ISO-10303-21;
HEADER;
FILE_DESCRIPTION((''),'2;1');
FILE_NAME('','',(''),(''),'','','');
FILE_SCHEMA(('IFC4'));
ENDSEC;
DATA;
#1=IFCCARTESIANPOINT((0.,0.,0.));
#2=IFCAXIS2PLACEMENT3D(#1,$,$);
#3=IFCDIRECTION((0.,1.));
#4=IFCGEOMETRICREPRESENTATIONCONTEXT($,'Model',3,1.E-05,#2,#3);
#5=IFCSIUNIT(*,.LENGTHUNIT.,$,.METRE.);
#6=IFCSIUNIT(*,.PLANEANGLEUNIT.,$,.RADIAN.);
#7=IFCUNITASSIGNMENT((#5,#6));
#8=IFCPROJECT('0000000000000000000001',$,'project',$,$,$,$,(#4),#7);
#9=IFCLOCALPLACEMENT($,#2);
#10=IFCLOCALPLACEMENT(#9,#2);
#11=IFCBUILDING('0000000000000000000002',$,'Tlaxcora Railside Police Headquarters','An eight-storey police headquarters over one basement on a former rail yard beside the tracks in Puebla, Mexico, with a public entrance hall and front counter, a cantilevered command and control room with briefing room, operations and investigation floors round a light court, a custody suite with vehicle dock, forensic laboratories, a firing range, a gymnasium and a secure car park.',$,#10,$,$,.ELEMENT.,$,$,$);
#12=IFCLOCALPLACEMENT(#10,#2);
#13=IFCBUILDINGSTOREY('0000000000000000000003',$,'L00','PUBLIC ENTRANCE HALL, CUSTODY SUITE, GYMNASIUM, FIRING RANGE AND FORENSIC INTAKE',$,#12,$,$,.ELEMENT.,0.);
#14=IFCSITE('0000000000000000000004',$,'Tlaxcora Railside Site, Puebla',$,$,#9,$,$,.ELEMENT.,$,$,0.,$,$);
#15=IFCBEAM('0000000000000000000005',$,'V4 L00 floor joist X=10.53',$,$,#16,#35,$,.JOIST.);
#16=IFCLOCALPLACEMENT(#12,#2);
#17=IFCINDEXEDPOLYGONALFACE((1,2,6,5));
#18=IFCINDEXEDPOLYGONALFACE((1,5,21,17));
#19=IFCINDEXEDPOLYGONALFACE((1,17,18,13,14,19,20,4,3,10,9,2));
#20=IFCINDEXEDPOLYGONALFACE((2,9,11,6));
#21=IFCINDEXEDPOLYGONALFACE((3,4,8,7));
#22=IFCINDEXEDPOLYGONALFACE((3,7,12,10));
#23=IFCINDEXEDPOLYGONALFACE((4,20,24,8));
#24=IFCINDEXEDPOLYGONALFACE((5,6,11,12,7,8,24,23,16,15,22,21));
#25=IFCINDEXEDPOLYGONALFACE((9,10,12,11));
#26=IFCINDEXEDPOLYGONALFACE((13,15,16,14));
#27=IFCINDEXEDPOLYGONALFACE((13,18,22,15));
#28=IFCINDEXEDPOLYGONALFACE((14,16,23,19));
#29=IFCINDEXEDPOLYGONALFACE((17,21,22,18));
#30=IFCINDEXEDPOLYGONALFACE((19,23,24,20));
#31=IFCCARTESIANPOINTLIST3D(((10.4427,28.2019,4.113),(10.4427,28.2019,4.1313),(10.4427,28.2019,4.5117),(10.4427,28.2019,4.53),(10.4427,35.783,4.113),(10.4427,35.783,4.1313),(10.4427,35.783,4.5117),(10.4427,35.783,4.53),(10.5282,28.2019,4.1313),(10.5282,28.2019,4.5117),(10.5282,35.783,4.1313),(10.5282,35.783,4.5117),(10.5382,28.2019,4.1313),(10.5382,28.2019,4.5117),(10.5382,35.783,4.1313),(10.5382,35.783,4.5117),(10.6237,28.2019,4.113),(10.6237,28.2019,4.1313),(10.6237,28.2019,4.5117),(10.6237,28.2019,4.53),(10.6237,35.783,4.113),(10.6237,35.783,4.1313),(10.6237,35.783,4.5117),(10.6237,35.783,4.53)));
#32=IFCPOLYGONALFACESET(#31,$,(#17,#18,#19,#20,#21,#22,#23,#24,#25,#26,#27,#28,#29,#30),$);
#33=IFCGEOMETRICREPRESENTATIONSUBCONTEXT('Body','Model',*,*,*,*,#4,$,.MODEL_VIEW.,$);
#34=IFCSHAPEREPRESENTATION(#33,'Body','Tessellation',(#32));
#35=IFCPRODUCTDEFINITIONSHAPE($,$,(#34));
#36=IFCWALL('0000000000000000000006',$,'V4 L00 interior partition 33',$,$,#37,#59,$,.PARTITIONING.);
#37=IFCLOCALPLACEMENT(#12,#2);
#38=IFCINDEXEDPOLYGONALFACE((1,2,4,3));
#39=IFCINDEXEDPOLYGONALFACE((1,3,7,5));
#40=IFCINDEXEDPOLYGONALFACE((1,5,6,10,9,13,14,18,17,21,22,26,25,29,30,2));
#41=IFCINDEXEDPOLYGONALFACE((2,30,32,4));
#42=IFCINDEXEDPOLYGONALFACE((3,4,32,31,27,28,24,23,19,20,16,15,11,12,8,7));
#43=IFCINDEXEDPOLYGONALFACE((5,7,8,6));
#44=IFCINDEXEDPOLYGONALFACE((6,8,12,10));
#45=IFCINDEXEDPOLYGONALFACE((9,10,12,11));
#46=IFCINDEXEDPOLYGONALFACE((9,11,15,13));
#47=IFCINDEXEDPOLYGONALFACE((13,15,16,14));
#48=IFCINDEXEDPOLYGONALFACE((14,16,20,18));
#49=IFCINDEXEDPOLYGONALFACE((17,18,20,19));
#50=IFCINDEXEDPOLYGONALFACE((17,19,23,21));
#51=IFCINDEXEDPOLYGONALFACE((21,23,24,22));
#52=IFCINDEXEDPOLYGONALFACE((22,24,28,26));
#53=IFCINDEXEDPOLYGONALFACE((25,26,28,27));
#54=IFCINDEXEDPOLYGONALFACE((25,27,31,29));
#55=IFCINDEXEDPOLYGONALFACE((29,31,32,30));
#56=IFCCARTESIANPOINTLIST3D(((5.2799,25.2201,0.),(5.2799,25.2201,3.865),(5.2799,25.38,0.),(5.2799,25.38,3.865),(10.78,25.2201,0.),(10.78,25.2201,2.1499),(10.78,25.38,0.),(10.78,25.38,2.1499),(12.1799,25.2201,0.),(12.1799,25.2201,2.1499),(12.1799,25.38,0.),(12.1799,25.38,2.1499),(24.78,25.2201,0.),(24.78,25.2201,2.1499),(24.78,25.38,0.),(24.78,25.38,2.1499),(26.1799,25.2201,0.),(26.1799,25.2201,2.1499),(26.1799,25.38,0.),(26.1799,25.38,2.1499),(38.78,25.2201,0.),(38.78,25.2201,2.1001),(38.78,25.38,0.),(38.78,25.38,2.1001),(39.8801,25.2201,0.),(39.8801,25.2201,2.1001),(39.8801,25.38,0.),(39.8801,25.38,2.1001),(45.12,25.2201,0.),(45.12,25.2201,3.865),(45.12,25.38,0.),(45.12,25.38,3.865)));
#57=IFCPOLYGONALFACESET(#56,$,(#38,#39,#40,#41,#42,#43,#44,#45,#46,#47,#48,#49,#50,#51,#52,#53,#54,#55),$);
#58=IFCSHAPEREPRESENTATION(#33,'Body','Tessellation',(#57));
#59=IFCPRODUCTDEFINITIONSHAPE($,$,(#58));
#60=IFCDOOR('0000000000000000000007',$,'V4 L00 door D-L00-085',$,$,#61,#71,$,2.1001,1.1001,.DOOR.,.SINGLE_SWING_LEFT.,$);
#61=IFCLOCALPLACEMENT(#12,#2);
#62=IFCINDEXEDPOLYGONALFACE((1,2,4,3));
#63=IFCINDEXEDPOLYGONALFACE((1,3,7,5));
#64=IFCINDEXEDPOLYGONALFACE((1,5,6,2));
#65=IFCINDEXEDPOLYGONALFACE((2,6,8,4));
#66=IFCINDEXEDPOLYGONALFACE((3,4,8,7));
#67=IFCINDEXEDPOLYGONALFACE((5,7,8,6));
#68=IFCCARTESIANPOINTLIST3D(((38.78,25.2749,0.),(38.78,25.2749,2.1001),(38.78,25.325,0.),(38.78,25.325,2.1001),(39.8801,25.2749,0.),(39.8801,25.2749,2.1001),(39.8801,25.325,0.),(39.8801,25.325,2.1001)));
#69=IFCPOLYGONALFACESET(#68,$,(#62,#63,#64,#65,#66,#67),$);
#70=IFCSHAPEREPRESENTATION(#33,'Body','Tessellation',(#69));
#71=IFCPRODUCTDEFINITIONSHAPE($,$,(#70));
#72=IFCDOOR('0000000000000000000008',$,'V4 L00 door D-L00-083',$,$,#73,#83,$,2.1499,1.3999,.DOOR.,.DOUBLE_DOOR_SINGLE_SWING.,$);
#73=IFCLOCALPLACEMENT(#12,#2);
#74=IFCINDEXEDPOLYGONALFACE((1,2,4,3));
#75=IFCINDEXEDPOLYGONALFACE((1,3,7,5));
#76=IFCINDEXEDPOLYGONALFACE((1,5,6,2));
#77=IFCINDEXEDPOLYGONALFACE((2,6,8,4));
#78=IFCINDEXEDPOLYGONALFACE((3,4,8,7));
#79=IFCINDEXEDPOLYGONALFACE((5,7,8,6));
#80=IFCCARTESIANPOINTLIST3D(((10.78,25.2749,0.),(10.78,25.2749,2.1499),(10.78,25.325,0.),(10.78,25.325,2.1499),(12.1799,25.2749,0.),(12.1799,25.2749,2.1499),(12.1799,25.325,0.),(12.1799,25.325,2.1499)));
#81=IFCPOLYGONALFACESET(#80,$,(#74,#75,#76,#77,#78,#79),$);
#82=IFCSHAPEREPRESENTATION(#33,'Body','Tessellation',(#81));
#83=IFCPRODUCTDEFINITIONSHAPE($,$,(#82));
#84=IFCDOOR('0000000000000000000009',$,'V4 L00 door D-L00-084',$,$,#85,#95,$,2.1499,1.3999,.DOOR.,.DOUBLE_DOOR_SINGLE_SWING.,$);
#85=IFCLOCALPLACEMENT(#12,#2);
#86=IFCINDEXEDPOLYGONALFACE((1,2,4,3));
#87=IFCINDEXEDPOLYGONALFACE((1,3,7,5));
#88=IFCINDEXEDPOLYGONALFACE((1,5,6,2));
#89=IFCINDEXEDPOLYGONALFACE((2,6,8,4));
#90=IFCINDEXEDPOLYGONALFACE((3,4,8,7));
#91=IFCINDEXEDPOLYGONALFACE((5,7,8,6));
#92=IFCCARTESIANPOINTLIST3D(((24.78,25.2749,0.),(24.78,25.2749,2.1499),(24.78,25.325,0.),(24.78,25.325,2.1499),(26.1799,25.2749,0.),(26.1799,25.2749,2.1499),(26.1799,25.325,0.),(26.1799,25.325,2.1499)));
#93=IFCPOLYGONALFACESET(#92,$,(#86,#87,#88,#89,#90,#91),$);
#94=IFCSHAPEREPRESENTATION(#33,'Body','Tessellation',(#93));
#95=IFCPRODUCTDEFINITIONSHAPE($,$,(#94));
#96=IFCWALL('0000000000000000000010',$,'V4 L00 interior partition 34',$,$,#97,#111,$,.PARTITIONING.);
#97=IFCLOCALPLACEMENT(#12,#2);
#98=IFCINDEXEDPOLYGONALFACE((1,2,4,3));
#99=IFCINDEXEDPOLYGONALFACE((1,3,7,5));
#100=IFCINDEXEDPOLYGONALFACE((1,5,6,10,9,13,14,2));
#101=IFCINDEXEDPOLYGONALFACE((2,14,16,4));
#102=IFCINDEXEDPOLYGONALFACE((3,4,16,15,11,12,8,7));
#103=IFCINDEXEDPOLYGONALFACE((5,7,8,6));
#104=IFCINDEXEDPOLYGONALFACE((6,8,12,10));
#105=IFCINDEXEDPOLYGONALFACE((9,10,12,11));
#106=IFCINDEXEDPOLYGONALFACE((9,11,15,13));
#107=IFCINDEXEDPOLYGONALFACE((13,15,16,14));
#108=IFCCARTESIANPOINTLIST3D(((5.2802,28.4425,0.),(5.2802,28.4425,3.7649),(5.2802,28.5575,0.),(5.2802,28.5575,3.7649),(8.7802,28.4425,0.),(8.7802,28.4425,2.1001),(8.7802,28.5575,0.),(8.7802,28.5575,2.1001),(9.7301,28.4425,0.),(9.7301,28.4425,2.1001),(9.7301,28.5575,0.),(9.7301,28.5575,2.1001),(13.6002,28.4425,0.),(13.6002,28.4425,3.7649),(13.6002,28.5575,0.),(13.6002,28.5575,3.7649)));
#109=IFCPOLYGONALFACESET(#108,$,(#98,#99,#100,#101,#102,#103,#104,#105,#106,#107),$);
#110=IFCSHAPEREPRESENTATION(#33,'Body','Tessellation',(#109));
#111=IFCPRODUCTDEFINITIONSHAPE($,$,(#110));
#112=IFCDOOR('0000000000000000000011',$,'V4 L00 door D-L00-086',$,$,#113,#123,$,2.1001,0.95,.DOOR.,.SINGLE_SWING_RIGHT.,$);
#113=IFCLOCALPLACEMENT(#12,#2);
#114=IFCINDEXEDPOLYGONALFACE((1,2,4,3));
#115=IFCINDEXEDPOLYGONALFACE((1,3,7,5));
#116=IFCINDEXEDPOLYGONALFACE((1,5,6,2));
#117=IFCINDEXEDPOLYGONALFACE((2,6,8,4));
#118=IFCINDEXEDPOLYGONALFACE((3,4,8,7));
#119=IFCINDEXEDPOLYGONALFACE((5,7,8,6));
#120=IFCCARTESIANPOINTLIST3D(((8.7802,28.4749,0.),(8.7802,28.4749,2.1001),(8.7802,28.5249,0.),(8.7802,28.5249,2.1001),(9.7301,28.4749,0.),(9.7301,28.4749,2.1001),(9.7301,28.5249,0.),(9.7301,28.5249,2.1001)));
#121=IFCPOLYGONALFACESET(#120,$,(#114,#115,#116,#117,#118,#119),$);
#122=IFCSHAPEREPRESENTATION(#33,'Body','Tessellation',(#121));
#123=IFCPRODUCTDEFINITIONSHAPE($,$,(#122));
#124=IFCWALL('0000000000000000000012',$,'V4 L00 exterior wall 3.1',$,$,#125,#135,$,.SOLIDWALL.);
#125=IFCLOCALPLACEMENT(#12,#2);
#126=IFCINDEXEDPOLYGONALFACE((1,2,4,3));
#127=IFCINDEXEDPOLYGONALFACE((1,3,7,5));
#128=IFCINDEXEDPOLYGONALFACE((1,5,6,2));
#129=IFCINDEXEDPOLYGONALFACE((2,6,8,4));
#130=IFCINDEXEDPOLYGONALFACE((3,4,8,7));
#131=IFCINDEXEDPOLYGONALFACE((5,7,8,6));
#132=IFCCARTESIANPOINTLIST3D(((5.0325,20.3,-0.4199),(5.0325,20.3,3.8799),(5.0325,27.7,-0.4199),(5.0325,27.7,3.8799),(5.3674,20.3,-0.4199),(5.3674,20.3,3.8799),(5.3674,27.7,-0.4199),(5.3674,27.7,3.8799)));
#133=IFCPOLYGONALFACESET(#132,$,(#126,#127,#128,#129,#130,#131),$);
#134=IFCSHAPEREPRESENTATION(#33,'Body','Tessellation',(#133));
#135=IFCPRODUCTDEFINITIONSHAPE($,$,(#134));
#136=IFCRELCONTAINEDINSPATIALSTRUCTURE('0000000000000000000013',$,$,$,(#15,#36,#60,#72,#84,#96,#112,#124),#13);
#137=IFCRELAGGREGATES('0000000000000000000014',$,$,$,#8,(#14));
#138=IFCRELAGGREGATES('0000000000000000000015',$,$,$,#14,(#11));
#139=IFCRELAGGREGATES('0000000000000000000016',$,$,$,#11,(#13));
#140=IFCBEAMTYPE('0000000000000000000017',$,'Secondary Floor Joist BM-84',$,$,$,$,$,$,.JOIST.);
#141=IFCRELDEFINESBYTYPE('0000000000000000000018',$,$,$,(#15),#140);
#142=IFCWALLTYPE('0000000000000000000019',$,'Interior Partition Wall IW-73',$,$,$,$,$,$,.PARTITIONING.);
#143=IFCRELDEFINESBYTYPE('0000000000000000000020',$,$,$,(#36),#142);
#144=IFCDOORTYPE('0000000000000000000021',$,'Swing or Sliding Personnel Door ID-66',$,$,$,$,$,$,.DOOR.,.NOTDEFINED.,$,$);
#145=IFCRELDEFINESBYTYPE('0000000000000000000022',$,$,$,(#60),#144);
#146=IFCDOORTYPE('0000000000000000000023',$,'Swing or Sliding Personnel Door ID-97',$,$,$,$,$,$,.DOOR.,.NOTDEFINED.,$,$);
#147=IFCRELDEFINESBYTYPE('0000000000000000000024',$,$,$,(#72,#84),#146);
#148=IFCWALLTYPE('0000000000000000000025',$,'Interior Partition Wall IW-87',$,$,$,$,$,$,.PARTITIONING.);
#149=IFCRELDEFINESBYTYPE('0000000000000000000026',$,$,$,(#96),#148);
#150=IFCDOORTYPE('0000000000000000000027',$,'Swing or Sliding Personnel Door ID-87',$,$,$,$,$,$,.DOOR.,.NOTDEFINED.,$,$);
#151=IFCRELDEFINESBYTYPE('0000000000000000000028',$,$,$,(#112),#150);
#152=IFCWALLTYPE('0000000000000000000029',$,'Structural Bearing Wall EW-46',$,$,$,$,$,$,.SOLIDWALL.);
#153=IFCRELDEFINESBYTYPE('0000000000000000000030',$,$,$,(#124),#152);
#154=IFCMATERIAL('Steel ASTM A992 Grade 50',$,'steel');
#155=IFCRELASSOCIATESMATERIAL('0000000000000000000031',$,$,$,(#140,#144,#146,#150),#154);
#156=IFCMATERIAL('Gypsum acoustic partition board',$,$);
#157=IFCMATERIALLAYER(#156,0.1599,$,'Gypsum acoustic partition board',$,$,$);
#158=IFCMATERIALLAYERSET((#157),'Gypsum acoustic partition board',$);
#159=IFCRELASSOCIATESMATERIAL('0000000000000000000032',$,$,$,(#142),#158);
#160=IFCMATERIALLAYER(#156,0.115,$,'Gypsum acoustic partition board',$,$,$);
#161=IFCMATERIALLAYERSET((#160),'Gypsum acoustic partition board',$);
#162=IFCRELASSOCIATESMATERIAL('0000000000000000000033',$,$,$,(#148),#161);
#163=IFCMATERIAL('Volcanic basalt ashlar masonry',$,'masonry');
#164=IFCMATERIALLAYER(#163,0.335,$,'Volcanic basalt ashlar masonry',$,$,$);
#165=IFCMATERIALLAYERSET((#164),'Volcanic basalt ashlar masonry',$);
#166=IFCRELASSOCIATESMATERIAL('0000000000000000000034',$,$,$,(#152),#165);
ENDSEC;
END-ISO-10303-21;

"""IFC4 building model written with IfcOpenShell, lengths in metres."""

from ifc_helpers import new_model, si_unit, direction, frame, frame_2d, origin, origin_2d, place, context, subcontext, project, spatial, rectangle, i_section, extrude, material, layer, layer_set, material_profile, profile_set, type_object, element, fill, save


model = new_model("IFC4")

# Units and contexts
model_context = context("Model", 3, precision=1e-05, world=origin(), true_north=direction((0.0, 1.0)))
body_context = subcontext(model_context, "Body", "Model", "MODEL_VIEW")
ifc_project = project(units=[si_unit("LENGTHUNIT", "METRE"), si_unit("PLANEANGLEUNIT", "RADIAN")], contexts=[model_context])

# Site, building, storey
site_placement = place(None, origin())
site = spatial("IfcSite", under=ifc_project, at=site_placement, Name="Tlaxcora Railside Site, Puebla", CompositionType="ELEMENT", RefElevation=0.0)
building_placement = place(site_placement, origin())
building = spatial("IfcBuilding", under=site, at=building_placement, Name="Tlaxcora Railside Police Headquarters", Description="An eight-storey police headquarters over one basement on a former rail yard beside the tracks in Puebla, Mexico, with a public entrance hall and front counter, a cantilevered command and control room with briefing room, operations and investigation floors round a light court, a custody suite with vehicle dock, forensic laboratories, a firing range, a gymnasium and a secure car park.", CompositionType="ELEMENT")
storey_placement = place(building_placement, origin())
storey = spatial("IfcBuildingStorey", under=building, at=storey_placement, Name="L00", Description="PUBLIC ENTRANCE HALL, CUSTODY SUITE, GYMNASIUM, FIRING RANGE AND FORENSIC INTAKE", CompositionType="ELEMENT", Elevation=0.0)

# Beam
ifc_material_1 = material(Name="Steel ASTM A992 Grade 50", Category="steel")
ifc_material_profile_1 = material_profile(ifc_material_1, i_section(OverallWidth=0.1809, OverallDepth=0.417, WebThickness=0.01, FlangeThickness=0.0183, at=origin_2d()), Name="W16X57")
ifc_profile_set_1 = profile_set([ifc_material_profile_1], Name="Steel ASTM A992 Grade 50")
beam_type_1 = type_object("IfcBeamType", Name="Secondary Floor Joist BM-84", PredefinedType="JOIST", material=ifc_profile_set_1)
beam_1_placement = place(storey_placement, frame((10.5332, 28.2019, 4.3215), z_axis=(0.0, 1.0, 0.0), x_axis=(-1.0, 0.0, 0.0)))
element("IfcBeam", 1, at=beam_1_placement, inside=storey, type_object=beam_type_1, Name="V4 L00 floor joist X=10.53", PredefinedType="JOIST", context=body_context, shape_type="SweptSolid", body=[
    extrude(i_section(OverallWidth=0.1809, OverallDepth=0.417, WebThickness=0.01, FlangeThickness=0.0183, at=origin_2d()), origin(), (0.0, 0.0, 1.0), 7.5811),
])

# Wall, openings, doors
ifc_material_2 = material(Name="Gypsum acoustic partition board")
ifc_layer_1 = layer(ifc_material_2, 0.1599, Name="Gypsum acoustic partition board")
ifc_layer_set_1 = layer_set([ifc_layer_1], Name="Gypsum acoustic partition board")
wall_type_1 = type_object("IfcWallType", Name="Interior Partition Wall IW-73", PredefinedType="PARTITIONING", material=ifc_layer_set_1)
wall_1_placement = place(storey_placement, frame((5.28, 25.3, 0.0), z_axis=(0.0, 0.0, 1.0), x_axis=(1.0, 0.0, 0.0)))
wall_1 = element("IfcWall", 2, at=wall_1_placement, inside=storey, type_object=wall_type_1, Name="V4 L00 interior partition 33", PredefinedType="PARTITIONING", context=body_context, shape_type="SweptSolid", body=[
    extrude(rectangle(XDim=39.8401, YDim=0.1599, at=frame_2d((19.9199, 0.0))), origin(), (0.0, 0.0, 1.0), 3.865),
])
opening_1_placement = place(wall_1_placement, frame((5.5, 0.0, 0.0)))
opening_1 = element("IfcOpeningElement", 3, at=opening_1_placement, cuts=wall_1, PredefinedType="OPENING", context=body_context, shape_type="SweptSolid", body=[
    extrude(rectangle(XDim=1.3999, YDim=2.1499, at=frame_2d((0.7, 1.075))), frame((0.0, 0.0898, 0.0), z_axis=(0.0, -1.0, 0.0), x_axis=(1.0, 0.0, 0.0)), (0.0, 0.0, 1.0), 0.1799),
])
opening_2_placement = place(wall_1_placement, frame((19.5, 0.0, 0.0)))
opening_2 = element("IfcOpeningElement", 4, at=opening_2_placement, cuts=wall_1, PredefinedType="OPENING", context=body_context, shape_type="SweptSolid", body=[
    extrude(rectangle(XDim=1.3999, YDim=2.1499, at=frame_2d((0.7, 1.075))), frame((0.0, 0.0898, 0.0), z_axis=(0.0, -1.0, 0.0), x_axis=(1.0, 0.0, 0.0)), (0.0, 0.0, 1.0), 0.1799),
])
opening_3_placement = place(wall_1_placement, frame((33.5, 0.0, 0.0)))
opening_3 = element("IfcOpeningElement", 5, at=opening_3_placement, cuts=wall_1, PredefinedType="OPENING", context=body_context, shape_type="SweptSolid", body=[
    extrude(rectangle(XDim=1.1001, YDim=2.1001, at=frame_2d((0.55, 1.05))), frame((0.0, 0.0898, 0.0), z_axis=(0.0, -1.0, 0.0), x_axis=(1.0, 0.0, 0.0)), (0.0, 0.0, 1.0), 0.1799),
])
door_type_1 = type_object("IfcDoorType", Name="Swing or Sliding Personnel Door ID-66", OperationType="NOTDEFINED", PredefinedType="DOOR", material=ifc_material_1)
door_1_placement = place(opening_3_placement, origin())
door_1 = element("IfcDoor", 6, at=door_1_placement, inside=storey, type_object=door_type_1, Name="V4 L00 door D-L00-085", OperationType="SINGLE_SWING_LEFT", OverallHeight=2.1001, OverallWidth=1.1001, PredefinedType="DOOR", context=body_context, shape_type="SweptSolid", body=[
    extrude(rectangle(XDim=1.1001, YDim=2.1001, at=frame_2d((0.55, 1.05))), frame((0.0, 0.0249, 0.0), z_axis=(0.0, -1.0, 0.0), x_axis=(1.0, 0.0, 0.0)), (0.0, 0.0, 1.0), 0.05),
])
fill(opening_3, door_1)
door_type_2 = type_object("IfcDoorType", Name="Swing or Sliding Personnel Door ID-97", OperationType="NOTDEFINED", PredefinedType="DOOR", material=ifc_material_1)
door_2_placement = place(opening_1_placement, origin())
door_2 = element("IfcDoor", 7, at=door_2_placement, inside=storey, type_object=door_type_2, Name="V4 L00 door D-L00-083", OperationType="DOUBLE_DOOR_SINGLE_SWING", OverallHeight=2.1499, OverallWidth=1.3999, PredefinedType="DOOR", context=body_context, shape_type="SweptSolid", body=[
    extrude(rectangle(XDim=1.3999, YDim=2.1499, at=frame_2d((0.7, 1.075))), frame((0.0, 0.0249, 0.0), z_axis=(0.0, -1.0, 0.0), x_axis=(1.0, 0.0, 0.0)), (0.0, 0.0, 1.0), 0.05),
])
fill(opening_1, door_2)
door_3_placement = place(opening_2_placement, origin())
door_3 = element("IfcDoor", 8, at=door_3_placement, inside=storey, type_object=door_type_2, Name="V4 L00 door D-L00-084", OperationType="DOUBLE_DOOR_SINGLE_SWING", OverallHeight=2.1499, OverallWidth=1.3999, PredefinedType="DOOR", context=body_context, shape_type="SweptSolid", body=[
    extrude(rectangle(XDim=1.3999, YDim=2.1499, at=frame_2d((0.7, 1.075))), frame((0.0, 0.0249, 0.0), z_axis=(0.0, -1.0, 0.0), x_axis=(1.0, 0.0, 0.0)), (0.0, 0.0, 1.0), 0.05),
])
fill(opening_2, door_3)

# Wall, opening, door
ifc_layer_2 = layer(ifc_material_2, 0.115, Name="Gypsum acoustic partition board")
ifc_layer_set_2 = layer_set([ifc_layer_2], Name="Gypsum acoustic partition board")
wall_type_2 = type_object("IfcWallType", Name="Interior Partition Wall IW-87", PredefinedType="PARTITIONING", material=ifc_layer_set_2)
wall_2_placement = place(storey_placement, frame((5.28, 28.5, 0.0), z_axis=(0.0, 0.0, 1.0), x_axis=(1.0, 0.0, 0.0)))
wall_2 = element("IfcWall", 9, at=wall_2_placement, inside=storey, type_object=wall_type_2, Name="V4 L00 interior partition 34", PredefinedType="PARTITIONING", context=body_context, shape_type="SweptSolid", body=[
    extrude(rectangle(XDim=8.3201, YDim=0.115, at=frame_2d((4.1602, 0.0))), origin(), (0.0, 0.0, 1.0), 3.7649),
])
opening_4_placement = place(wall_2_placement, frame((3.5, 0.0, 0.0)))
opening_4 = element("IfcOpeningElement", 10, at=opening_4_placement, cuts=wall_2, PredefinedType="OPENING", context=body_context, shape_type="SweptSolid", body=[
    extrude(rectangle(XDim=0.95, YDim=2.1001, at=frame_2d((0.4751, 1.05))), frame((0.0, 0.0674, 0.0), z_axis=(0.0, -1.0, 0.0), x_axis=(1.0, 0.0, 0.0)), (0.0, 0.0, 1.0), 0.135),
])
door_type_3 = type_object("IfcDoorType", Name="Swing or Sliding Personnel Door ID-87", OperationType="NOTDEFINED", PredefinedType="DOOR", material=ifc_material_1)
door_4_placement = place(opening_4_placement, origin())
door_4 = element("IfcDoor", 11, at=door_4_placement, inside=storey, type_object=door_type_3, Name="V4 L00 door D-L00-086", OperationType="SINGLE_SWING_RIGHT", OverallHeight=2.1001, OverallWidth=0.95, PredefinedType="DOOR", context=body_context, shape_type="SweptSolid", body=[
    extrude(rectangle(XDim=0.95, YDim=2.1001, at=frame_2d((0.4751, 1.05))), frame((0.0, 0.0249, 0.0), z_axis=(0.0, -1.0, 0.0), x_axis=(1.0, 0.0, 0.0)), (0.0, 0.0, 1.0), 0.05),
])
fill(opening_4, door_4)

# Wall
ifc_material_3 = material(Name="Volcanic basalt ashlar masonry", Category="masonry")
ifc_layer_3 = layer(ifc_material_3, 0.335, Name="Volcanic basalt ashlar masonry")
ifc_layer_set_3 = layer_set([ifc_layer_3], Name="Volcanic basalt ashlar masonry")
wall_type_3 = type_object("IfcWallType", Name="Structural Bearing Wall EW-46", PredefinedType="SOLIDWALL", material=ifc_layer_set_3)
wall_3_placement = place(storey_placement, frame((5.2, 27.7, -0.4199), z_axis=(0.0, 0.0, 1.0), x_axis=(0.0, -1.0, 0.0)))
element("IfcWall", 12, at=wall_3_placement, inside=storey, type_object=wall_type_3, Name="V4 L00 exterior wall 3.1", PredefinedType="SOLIDWALL", context=body_context, shape_type="SweptSolid", body=[
    extrude(rectangle(XDim=7.3999, YDim=0.335, at=frame_2d((3.7, 0.0))), origin(), (0.0, 0.0, 1.0), 4.2998),
])

save(model, "model.ifc")
